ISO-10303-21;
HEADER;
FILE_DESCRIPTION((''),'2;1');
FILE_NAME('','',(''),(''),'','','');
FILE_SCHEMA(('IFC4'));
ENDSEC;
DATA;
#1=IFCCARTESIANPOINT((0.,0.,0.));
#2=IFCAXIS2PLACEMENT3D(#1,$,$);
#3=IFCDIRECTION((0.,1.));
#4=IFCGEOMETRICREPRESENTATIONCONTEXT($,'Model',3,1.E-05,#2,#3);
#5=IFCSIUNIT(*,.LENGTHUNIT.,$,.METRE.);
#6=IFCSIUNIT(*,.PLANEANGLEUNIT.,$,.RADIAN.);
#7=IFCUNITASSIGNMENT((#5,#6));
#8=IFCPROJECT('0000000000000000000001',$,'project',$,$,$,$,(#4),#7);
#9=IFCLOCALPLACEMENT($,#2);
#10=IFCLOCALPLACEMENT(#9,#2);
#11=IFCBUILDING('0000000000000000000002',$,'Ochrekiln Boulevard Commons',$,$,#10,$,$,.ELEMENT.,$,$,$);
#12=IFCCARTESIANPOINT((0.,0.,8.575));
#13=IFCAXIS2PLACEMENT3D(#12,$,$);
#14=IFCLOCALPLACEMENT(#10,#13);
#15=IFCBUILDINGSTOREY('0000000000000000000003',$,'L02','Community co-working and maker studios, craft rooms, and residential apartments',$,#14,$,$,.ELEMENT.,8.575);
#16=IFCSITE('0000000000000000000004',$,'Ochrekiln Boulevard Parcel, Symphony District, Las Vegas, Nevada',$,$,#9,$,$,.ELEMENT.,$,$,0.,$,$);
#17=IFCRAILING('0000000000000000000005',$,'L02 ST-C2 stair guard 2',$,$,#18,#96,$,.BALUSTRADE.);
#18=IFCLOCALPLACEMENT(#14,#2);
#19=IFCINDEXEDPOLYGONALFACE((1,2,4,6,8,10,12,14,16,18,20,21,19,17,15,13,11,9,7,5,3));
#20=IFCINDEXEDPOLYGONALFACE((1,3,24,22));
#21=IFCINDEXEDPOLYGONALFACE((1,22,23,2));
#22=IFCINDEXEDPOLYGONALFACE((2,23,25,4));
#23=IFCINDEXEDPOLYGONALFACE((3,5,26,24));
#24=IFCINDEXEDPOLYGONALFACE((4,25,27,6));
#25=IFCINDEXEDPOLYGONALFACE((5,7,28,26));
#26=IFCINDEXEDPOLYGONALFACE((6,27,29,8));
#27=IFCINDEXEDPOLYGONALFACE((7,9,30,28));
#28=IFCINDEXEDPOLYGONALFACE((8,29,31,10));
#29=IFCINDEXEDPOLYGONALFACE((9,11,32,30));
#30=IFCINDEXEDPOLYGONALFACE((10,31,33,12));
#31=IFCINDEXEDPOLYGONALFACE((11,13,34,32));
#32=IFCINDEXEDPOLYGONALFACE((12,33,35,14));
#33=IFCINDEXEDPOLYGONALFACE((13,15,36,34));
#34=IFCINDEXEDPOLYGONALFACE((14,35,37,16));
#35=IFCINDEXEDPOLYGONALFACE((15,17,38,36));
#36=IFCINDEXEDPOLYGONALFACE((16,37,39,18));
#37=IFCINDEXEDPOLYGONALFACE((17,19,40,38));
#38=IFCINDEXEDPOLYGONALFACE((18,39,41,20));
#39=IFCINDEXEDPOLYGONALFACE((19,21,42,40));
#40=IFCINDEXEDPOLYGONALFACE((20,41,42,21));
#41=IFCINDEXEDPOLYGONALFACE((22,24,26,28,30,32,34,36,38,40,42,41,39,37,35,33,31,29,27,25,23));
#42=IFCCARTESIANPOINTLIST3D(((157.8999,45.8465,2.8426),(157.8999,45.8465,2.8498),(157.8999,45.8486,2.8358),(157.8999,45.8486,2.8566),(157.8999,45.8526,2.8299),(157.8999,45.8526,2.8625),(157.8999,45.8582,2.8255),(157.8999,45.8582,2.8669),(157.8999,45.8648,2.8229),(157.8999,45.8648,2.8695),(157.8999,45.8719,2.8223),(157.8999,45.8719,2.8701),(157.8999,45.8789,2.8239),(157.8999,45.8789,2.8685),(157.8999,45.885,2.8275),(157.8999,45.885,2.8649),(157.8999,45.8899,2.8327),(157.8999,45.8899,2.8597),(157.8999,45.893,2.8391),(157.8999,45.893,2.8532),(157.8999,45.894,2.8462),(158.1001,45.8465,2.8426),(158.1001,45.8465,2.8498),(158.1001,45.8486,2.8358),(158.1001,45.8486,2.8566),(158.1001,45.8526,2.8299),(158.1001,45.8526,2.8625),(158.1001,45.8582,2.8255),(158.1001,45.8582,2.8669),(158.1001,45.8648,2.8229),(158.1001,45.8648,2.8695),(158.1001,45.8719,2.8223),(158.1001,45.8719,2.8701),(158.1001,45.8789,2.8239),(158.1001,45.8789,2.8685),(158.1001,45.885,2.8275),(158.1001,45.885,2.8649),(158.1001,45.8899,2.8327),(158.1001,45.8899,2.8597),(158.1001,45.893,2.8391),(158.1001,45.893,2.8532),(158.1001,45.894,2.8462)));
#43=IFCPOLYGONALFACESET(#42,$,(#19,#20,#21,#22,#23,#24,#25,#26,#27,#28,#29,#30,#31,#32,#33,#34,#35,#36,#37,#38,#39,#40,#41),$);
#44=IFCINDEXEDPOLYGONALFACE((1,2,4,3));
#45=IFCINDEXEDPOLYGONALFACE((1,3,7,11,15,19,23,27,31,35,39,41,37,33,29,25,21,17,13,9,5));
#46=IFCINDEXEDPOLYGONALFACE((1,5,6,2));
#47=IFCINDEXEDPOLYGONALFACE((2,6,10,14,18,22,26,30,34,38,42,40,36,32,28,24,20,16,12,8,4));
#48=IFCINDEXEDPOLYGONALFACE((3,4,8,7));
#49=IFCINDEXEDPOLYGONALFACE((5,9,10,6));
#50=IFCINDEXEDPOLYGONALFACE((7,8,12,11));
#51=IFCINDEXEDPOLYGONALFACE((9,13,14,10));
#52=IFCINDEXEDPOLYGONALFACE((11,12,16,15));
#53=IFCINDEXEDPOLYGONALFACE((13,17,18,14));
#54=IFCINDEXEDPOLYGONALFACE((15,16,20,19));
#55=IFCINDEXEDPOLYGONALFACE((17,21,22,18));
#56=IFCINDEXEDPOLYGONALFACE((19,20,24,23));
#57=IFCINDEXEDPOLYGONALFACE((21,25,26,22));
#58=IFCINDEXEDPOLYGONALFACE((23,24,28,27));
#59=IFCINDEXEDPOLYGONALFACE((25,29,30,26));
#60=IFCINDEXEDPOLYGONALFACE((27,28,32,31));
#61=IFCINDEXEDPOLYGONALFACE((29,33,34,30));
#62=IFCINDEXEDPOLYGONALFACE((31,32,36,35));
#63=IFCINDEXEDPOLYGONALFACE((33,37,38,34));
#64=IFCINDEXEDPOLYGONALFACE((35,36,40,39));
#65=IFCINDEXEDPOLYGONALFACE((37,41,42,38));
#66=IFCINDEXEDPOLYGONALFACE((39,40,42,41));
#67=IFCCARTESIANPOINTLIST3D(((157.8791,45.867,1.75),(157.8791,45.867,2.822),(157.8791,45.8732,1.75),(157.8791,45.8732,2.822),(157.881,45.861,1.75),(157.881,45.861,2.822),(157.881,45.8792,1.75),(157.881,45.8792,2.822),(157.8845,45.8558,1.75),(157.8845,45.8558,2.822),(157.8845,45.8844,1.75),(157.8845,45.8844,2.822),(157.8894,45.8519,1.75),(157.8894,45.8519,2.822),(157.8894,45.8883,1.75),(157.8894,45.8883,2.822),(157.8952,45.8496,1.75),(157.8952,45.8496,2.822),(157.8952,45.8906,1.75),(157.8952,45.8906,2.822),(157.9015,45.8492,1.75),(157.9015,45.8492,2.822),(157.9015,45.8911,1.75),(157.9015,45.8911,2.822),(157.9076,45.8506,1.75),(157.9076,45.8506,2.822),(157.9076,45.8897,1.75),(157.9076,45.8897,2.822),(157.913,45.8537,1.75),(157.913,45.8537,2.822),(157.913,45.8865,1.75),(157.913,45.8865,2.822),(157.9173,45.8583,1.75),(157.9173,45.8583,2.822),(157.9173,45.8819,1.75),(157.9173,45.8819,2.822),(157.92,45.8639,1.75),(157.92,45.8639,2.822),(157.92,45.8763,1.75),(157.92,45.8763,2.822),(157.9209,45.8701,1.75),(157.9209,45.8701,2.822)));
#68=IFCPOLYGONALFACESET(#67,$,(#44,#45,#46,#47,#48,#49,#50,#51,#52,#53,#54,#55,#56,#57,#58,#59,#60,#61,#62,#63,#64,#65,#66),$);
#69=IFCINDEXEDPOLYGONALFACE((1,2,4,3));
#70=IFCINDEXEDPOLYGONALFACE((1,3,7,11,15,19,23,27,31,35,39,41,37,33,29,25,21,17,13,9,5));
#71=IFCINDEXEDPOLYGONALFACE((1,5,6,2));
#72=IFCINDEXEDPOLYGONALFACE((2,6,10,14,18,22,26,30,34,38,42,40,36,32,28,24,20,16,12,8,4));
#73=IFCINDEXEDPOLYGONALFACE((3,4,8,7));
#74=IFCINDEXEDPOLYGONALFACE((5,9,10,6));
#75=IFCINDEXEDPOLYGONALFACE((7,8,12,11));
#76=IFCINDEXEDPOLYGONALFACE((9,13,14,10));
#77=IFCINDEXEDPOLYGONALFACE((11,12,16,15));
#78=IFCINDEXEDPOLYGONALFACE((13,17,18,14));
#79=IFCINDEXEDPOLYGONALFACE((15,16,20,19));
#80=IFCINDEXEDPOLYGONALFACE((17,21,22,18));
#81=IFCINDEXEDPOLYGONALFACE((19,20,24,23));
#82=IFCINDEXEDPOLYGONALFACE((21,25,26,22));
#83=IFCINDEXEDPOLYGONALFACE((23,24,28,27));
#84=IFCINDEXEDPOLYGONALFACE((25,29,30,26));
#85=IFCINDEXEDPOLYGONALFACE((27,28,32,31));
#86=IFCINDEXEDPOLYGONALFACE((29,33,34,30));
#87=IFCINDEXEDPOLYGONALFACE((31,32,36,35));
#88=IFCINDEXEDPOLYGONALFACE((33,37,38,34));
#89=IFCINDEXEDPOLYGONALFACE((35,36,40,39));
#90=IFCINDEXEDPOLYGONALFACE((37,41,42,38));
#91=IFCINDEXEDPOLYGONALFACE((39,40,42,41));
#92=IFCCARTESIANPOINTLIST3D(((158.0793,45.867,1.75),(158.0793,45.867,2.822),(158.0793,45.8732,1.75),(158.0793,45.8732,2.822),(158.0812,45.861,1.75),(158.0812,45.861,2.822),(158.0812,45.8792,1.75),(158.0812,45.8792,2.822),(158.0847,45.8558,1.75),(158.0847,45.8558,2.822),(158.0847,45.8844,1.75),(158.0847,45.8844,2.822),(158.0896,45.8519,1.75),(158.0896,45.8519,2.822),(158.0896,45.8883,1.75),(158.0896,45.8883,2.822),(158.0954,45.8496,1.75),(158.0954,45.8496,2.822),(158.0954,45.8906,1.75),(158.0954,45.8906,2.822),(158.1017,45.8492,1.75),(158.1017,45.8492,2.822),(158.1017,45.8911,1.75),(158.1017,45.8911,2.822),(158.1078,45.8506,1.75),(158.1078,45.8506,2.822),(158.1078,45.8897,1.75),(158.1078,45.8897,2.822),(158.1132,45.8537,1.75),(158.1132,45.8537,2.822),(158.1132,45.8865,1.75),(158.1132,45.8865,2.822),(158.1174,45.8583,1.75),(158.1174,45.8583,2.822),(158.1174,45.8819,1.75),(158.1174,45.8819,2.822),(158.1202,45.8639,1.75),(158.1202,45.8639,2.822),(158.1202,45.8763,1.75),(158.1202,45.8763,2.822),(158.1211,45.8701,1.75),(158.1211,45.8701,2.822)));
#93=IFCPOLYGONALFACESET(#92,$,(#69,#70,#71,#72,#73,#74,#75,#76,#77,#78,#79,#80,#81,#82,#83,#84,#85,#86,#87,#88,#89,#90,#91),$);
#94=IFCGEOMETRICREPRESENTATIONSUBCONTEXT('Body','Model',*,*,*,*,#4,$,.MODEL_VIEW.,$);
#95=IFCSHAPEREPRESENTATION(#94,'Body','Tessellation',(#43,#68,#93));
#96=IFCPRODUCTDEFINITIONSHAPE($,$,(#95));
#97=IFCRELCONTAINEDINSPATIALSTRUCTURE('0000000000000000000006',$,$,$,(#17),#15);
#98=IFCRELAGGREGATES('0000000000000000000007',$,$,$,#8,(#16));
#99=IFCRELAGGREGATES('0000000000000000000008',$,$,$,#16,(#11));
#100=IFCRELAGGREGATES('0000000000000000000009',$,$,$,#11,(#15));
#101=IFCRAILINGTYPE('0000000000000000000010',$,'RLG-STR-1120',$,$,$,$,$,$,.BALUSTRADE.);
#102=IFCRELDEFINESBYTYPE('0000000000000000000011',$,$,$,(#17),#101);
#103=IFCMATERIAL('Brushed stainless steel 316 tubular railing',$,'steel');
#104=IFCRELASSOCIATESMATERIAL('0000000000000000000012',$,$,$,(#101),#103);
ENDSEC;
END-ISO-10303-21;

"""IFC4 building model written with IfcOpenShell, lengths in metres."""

from ifc_helpers import new_model, si_unit, direction, frame, origin, origin_2d, place, context, subcontext, project, spatial, circle, extrude, material, type_object, element, save


model = new_model("IFC4")

# Units and contexts
model_context = context("Model", 3, precision=1e-05, world=origin(), true_north=direction((0.0, 1.0)))
body_context = subcontext(model_context, "Body", "Model", "MODEL_VIEW")
ifc_project = project(units=[si_unit("LENGTHUNIT", "METRE"), si_unit("PLANEANGLEUNIT", "RADIAN")], contexts=[model_context])

# Site, building, storey
site_placement = place(None, origin())
site = spatial("IfcSite", under=ifc_project, at=site_placement, Name="Ochrekiln Boulevard Parcel, Symphony District, Las Vegas, Nevada", CompositionType="ELEMENT", RefElevation=0.0)
building_placement = place(site_placement, origin())
building = spatial("IfcBuilding", under=site, at=building_placement, Name="Ochrekiln Boulevard Commons", CompositionType="ELEMENT")
storey_placement = place(building_placement, frame((0.0, 0.0, 8.575)))
storey = spatial("IfcBuildingStorey", under=building, at=storey_placement, Name="L02", Description="Community co-working and maker studios, craft rooms, and residential apartments", CompositionType="ELEMENT", Elevation=8.575)

# Railing
ifc_material_1 = material(Name="Brushed stainless steel 316 tubular railing", Category="steel")
railing_type_1 = type_object("IfcRailingType", Name="RLG-STR-1120", PredefinedType="BALUSTRADE", material=ifc_material_1)
railing_1_placement = place(storey_placement, frame((157.8999, 45.8701, 1.75)))
element("IfcRailing", 1, at=railing_1_placement, inside=storey, type_object=railing_type_1, Name="L02 ST-C2 stair guard 2", PredefinedType="BALUSTRADE", context=body_context, shape_type="SweptSolid", body=[
    extrude(circle(Radius=0.0239, at=origin_2d()), frame((0.0, 0.0, 1.0962), z_axis=(1.0, 0.0, 0.0), x_axis=(0.0, 1.0, 0.0)), (0.0, 0.0, 1.0), 0.2002),
    extrude(circle(Radius=0.021, at=origin_2d()), origin(), (0.0, 0.0, 1.0), 1.072),
    extrude(circle(Radius=0.021, at=origin_2d()), frame((0.2002, 0.0, 0.0)), (0.0, 0.0, 1.0), 1.072),
])

save(model, "model.ifc")
